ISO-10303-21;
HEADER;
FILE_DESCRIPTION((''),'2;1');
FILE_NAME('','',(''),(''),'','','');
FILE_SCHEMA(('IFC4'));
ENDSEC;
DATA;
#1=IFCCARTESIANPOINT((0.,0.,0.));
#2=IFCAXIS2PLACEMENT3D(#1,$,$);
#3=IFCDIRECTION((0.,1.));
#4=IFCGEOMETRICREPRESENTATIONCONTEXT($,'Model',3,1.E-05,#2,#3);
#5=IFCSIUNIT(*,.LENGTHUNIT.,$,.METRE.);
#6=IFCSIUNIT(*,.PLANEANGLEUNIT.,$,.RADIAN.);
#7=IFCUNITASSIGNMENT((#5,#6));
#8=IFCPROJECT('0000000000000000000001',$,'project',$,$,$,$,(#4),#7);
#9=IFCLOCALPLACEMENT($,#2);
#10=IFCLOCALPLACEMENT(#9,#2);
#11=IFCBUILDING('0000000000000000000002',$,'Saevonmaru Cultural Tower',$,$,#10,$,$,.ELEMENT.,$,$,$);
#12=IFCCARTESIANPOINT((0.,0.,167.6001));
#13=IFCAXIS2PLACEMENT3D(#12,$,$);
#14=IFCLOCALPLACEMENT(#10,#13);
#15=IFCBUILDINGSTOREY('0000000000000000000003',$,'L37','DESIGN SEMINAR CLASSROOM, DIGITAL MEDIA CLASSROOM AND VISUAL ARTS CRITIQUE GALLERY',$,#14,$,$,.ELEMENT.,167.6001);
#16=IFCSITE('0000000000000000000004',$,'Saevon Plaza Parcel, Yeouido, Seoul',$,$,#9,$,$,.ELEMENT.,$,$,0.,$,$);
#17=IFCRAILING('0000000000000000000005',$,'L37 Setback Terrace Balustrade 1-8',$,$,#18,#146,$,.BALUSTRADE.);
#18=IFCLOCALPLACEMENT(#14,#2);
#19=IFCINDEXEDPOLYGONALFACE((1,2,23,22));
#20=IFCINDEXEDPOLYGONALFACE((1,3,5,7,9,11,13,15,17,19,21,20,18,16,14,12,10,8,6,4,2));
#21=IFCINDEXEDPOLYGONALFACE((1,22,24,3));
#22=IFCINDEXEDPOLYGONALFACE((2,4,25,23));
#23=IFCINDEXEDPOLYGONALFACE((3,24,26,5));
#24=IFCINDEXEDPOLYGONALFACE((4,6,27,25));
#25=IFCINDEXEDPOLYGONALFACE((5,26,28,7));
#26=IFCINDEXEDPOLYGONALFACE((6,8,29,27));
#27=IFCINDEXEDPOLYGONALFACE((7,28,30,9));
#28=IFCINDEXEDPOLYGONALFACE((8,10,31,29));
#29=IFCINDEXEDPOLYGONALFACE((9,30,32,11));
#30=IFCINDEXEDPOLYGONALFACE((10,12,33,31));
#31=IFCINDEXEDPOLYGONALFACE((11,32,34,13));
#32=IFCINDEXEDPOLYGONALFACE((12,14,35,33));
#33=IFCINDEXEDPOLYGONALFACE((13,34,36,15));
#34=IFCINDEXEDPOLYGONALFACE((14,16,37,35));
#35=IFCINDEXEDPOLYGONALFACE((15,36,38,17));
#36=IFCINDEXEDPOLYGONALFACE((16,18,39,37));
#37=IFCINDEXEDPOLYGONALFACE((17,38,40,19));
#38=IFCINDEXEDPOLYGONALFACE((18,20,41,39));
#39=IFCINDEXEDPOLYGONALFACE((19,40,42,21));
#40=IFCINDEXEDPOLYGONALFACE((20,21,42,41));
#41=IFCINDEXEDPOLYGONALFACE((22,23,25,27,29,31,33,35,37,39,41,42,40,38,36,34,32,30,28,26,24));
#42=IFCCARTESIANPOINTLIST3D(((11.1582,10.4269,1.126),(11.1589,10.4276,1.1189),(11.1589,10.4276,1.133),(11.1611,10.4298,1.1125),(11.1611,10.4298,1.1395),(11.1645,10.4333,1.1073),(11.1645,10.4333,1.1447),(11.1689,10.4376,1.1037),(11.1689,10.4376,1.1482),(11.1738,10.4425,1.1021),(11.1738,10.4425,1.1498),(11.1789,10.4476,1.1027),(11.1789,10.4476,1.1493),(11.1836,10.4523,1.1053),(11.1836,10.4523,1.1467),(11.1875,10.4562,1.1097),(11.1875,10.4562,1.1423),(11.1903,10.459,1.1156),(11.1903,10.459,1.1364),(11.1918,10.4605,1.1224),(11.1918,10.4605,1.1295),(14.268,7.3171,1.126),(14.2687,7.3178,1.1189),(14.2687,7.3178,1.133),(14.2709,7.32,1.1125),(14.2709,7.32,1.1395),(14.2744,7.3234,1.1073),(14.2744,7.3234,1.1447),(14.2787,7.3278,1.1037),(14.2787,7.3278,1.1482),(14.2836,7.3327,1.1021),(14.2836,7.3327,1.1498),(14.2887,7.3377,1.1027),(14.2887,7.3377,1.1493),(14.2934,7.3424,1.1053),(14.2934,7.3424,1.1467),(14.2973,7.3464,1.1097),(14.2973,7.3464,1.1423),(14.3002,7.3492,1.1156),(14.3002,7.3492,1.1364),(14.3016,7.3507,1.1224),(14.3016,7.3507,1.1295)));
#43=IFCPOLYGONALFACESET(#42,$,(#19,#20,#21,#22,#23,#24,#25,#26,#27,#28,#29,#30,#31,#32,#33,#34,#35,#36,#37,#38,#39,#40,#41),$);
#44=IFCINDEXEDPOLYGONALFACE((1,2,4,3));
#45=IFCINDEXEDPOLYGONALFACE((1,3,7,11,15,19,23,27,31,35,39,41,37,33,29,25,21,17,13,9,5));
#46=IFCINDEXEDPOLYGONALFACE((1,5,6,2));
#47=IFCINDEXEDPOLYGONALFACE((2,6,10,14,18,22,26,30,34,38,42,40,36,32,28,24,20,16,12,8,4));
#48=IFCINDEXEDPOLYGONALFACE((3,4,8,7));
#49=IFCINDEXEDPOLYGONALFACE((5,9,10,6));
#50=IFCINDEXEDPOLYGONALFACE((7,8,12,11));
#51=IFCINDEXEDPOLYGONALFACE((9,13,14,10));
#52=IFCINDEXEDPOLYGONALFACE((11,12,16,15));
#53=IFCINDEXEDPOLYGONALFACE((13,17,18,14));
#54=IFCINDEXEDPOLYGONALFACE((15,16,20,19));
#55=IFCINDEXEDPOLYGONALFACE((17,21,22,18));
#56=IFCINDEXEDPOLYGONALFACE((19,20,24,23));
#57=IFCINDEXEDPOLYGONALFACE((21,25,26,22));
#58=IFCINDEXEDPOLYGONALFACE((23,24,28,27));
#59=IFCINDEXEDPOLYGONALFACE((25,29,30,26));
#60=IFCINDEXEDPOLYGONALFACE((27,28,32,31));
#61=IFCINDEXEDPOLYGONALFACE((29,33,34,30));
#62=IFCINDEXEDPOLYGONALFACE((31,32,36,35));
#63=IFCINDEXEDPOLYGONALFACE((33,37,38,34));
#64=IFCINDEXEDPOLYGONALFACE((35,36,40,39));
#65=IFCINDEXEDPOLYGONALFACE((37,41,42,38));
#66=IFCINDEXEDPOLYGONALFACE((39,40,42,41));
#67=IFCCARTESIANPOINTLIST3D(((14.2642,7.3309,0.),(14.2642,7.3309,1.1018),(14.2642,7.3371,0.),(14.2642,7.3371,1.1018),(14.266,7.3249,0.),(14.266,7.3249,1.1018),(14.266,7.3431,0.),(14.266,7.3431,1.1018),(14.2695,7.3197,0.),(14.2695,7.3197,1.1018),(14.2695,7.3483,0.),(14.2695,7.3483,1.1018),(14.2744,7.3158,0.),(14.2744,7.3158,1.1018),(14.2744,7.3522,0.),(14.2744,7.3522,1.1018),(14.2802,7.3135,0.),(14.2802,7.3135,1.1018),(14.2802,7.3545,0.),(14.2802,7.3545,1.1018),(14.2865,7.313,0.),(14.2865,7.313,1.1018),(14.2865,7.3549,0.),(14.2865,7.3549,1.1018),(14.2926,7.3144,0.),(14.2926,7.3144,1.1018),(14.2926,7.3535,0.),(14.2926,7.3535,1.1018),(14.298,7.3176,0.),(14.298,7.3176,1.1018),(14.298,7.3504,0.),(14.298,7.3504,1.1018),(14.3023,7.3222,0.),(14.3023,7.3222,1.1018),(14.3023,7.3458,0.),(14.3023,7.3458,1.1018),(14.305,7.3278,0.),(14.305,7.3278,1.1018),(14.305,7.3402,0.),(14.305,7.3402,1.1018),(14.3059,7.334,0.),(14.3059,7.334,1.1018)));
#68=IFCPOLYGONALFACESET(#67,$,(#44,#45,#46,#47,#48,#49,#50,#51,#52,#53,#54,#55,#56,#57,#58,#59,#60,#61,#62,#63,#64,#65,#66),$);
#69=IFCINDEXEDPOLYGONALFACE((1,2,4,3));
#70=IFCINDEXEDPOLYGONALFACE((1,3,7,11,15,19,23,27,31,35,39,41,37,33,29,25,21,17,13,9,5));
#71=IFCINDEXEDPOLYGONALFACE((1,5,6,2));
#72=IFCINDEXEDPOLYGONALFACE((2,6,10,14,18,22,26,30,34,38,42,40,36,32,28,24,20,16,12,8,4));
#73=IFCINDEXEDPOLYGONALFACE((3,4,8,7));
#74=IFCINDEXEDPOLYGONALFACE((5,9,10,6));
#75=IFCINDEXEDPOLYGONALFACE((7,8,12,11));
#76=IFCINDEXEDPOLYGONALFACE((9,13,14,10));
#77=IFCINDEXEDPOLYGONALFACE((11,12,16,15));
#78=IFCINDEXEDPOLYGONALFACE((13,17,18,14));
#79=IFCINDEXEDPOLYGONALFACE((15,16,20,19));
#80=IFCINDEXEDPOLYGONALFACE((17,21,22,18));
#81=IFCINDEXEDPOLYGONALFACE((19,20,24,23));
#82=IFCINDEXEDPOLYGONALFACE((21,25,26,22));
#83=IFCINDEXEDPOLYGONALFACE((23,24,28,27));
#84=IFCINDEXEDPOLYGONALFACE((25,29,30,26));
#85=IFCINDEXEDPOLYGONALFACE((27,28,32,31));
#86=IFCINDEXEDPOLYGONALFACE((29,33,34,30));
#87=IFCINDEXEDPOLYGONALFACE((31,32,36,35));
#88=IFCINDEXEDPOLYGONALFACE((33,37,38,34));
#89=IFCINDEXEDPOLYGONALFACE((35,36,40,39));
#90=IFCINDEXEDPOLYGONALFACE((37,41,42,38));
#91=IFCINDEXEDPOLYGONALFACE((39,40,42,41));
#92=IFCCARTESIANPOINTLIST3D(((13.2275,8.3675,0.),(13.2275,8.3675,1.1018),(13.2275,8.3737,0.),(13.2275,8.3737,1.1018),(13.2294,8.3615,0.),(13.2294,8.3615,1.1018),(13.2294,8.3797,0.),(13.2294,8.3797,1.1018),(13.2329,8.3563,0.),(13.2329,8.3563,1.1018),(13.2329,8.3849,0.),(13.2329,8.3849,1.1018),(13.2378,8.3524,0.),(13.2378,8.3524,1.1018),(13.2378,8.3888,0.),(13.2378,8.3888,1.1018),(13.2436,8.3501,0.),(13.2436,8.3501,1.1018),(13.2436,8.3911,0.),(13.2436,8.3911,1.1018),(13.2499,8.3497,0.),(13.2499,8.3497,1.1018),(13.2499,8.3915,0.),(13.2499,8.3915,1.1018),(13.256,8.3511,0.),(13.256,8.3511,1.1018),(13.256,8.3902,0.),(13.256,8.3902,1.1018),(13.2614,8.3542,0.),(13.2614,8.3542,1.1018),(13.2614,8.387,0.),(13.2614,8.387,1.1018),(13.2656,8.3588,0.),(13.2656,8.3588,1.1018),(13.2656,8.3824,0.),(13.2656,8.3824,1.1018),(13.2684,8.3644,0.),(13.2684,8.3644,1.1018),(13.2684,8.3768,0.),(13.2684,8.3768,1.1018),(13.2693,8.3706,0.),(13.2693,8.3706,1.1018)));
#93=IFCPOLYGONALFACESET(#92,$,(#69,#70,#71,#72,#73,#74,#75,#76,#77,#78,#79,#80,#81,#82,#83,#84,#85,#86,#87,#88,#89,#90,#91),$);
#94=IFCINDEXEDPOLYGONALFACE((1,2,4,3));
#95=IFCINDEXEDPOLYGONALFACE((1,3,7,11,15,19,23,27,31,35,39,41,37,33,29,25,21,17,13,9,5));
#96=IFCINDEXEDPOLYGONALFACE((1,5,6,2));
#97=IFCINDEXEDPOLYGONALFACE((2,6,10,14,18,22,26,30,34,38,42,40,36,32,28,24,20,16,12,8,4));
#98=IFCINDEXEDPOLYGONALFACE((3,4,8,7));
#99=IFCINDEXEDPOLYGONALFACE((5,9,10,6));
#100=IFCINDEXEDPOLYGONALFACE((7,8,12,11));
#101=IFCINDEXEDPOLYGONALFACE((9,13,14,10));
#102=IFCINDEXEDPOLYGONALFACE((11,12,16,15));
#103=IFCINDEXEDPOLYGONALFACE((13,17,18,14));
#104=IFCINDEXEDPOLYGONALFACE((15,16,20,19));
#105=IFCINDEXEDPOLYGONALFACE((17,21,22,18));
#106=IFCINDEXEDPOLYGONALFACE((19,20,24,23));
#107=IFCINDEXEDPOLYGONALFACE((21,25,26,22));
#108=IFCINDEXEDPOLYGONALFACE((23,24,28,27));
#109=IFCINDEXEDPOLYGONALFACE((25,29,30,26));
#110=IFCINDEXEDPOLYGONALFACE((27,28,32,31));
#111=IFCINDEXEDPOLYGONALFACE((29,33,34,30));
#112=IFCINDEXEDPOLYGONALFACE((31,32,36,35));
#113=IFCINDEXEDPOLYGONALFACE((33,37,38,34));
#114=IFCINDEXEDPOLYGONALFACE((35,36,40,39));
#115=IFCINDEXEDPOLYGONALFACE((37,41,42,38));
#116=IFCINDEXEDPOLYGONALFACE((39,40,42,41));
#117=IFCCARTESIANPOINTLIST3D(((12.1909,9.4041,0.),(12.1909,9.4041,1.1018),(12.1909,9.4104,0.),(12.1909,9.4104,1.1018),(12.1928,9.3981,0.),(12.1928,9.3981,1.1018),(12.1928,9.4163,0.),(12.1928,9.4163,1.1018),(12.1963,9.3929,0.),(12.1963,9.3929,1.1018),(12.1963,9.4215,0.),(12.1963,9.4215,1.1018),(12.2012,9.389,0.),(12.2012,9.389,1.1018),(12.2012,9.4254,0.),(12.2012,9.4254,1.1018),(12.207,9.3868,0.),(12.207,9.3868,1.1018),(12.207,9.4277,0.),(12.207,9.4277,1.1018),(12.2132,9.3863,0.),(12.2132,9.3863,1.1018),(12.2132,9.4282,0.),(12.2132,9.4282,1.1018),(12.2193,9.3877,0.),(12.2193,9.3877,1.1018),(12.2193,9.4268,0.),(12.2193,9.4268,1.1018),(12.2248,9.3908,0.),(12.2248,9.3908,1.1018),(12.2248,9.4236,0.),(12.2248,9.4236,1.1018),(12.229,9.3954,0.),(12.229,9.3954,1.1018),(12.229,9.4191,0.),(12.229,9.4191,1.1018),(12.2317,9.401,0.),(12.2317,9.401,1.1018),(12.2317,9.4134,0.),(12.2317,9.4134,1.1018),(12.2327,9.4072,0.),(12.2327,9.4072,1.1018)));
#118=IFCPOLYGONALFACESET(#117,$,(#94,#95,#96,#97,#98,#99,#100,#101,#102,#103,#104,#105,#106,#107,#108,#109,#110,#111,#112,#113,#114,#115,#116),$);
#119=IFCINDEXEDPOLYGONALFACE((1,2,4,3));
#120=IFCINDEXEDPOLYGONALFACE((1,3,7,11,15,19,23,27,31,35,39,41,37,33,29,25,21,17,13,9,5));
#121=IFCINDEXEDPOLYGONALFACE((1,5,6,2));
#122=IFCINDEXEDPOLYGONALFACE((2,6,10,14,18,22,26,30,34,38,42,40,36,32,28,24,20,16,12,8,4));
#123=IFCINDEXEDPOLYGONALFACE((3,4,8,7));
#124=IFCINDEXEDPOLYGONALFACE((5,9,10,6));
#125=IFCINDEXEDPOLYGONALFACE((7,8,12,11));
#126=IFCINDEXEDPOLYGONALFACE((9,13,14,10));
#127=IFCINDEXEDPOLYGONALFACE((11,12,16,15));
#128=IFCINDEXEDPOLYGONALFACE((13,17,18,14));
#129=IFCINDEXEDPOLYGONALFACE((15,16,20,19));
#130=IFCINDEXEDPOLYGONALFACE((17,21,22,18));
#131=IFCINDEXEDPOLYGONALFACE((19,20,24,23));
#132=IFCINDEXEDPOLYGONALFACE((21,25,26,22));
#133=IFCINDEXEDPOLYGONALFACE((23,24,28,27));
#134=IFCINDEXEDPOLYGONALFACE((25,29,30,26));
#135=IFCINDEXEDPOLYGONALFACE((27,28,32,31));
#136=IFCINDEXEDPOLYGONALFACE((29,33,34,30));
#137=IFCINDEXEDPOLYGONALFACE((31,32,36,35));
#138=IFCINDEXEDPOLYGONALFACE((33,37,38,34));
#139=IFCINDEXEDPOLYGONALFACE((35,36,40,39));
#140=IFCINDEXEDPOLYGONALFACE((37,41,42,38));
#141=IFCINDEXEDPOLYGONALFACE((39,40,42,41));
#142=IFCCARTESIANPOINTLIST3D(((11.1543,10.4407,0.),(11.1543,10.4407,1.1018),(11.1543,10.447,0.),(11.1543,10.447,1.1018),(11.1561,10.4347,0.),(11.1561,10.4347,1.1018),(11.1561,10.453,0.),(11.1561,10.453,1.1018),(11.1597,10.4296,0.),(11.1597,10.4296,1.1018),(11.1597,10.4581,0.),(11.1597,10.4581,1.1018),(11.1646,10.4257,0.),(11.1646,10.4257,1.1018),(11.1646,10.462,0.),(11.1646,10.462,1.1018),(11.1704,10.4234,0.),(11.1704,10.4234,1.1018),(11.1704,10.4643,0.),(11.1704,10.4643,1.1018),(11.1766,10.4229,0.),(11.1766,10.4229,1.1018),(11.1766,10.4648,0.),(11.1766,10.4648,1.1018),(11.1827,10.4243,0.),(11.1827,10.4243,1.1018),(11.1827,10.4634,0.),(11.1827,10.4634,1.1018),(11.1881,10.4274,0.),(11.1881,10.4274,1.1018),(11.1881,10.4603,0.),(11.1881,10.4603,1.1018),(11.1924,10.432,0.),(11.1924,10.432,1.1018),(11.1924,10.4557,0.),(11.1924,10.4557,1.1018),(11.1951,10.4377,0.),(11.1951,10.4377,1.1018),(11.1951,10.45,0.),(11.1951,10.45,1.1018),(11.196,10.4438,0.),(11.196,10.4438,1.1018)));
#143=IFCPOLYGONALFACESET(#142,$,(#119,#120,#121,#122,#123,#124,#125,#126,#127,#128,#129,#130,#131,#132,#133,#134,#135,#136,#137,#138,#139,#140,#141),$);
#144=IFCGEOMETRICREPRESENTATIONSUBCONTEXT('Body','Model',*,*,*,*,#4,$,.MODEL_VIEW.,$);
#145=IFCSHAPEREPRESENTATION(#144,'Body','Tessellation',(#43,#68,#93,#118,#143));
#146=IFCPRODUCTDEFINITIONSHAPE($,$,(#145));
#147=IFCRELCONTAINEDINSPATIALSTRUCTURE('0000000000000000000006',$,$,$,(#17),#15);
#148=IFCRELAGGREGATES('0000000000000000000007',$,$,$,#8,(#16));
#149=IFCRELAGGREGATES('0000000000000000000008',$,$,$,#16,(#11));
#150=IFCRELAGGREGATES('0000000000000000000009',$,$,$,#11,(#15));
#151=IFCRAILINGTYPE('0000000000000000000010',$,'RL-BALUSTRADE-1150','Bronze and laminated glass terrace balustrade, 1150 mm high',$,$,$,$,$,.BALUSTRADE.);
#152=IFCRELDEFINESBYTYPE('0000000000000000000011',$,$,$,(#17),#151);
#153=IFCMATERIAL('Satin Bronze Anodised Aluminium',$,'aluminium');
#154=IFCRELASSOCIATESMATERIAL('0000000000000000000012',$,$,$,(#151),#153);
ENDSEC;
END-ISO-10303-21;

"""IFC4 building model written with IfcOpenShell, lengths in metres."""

from ifc_helpers import new_model, si_unit, direction, frame, origin, origin_2d, place, context, subcontext, project, spatial, circle, extrude, material, type_object, element, save


model = new_model("IFC4")

# Units and contexts
model_context = context("Model", 3, precision=1e-05, world=origin(), true_north=direction((0.0, 1.0)))
body_context = subcontext(model_context, "Body", "Model", "MODEL_VIEW")
ifc_project = project(units=[si_unit("LENGTHUNIT", "METRE"), si_unit("PLANEANGLEUNIT", "RADIAN")], contexts=[model_context])

# Site, building, storey
site_placement = place(None, origin())
site = spatial("IfcSite", under=ifc_project, at=site_placement, Name="Saevon Plaza Parcel, Yeouido, Seoul", CompositionType="ELEMENT", RefElevation=0.0)
building_placement = place(site_placement, origin())
building = spatial("IfcBuilding", under=site, at=building_placement, Name="Saevonmaru Cultural Tower", CompositionType="ELEMENT")
storey_placement = place(building_placement, frame((0.0, 0.0, 167.6001)))
storey = spatial("IfcBuildingStorey", under=building, at=storey_placement, Name="L37", Description="DESIGN SEMINAR CLASSROOM, DIGITAL MEDIA CLASSROOM AND VISUAL ARTS CRITIQUE GALLERY", CompositionType="ELEMENT", Elevation=167.6001)

# Shared definitions
ifc_material_1 = material(Name="Satin Bronze Anodised Aluminium", Category="aluminium")

# Railing
railing_type = type_object("IfcRailingType", Name="RL-BALUSTRADE-1150", Description="Bronze and laminated glass terrace balustrade, 1150 mm high", PredefinedType="BALUSTRADE", material=ifc_material_1)
railing_1_placement = place(storey_placement, frame((14.2849, 7.334, 0.0)))
element("IfcRailing", 1, at=railing_1_placement, inside=storey, type_object=railing_type, Name="L37 Setback Terrace Balustrade 1-8", PredefinedType="BALUSTRADE", context=body_context, shape_type="SweptSolid", body=[
    extrude(circle(Radius=0.0239, at=origin_2d()), frame((0.0, 0.0, 1.126), z_axis=(-0.707107, 0.707107, 0.0), x_axis=(-0.707107, -0.707107, 0.0)), (0.0, 0.0, 1.0), 4.3979),
    extrude(circle(Radius=0.021, at=origin_2d()), origin(), (0.0, 0.0, 1.0), 1.1018),
    extrude(circle(Radius=0.021, at=origin_2d()), frame((-1.0366, 1.0366, 0.0)), (0.0, 0.0, 1.0), 1.1018),
    extrude(circle(Radius=0.021, at=origin_2d()), frame((-2.0732, 2.0732, 0.0)), (0.0, 0.0, 1.0), 1.1018),
    extrude(circle(Radius=0.021, at=origin_2d()), frame((-3.1099, 3.1099, 0.0)), (0.0, 0.0, 1.0), 1.1018),
])

save(model, "model.ifc")
